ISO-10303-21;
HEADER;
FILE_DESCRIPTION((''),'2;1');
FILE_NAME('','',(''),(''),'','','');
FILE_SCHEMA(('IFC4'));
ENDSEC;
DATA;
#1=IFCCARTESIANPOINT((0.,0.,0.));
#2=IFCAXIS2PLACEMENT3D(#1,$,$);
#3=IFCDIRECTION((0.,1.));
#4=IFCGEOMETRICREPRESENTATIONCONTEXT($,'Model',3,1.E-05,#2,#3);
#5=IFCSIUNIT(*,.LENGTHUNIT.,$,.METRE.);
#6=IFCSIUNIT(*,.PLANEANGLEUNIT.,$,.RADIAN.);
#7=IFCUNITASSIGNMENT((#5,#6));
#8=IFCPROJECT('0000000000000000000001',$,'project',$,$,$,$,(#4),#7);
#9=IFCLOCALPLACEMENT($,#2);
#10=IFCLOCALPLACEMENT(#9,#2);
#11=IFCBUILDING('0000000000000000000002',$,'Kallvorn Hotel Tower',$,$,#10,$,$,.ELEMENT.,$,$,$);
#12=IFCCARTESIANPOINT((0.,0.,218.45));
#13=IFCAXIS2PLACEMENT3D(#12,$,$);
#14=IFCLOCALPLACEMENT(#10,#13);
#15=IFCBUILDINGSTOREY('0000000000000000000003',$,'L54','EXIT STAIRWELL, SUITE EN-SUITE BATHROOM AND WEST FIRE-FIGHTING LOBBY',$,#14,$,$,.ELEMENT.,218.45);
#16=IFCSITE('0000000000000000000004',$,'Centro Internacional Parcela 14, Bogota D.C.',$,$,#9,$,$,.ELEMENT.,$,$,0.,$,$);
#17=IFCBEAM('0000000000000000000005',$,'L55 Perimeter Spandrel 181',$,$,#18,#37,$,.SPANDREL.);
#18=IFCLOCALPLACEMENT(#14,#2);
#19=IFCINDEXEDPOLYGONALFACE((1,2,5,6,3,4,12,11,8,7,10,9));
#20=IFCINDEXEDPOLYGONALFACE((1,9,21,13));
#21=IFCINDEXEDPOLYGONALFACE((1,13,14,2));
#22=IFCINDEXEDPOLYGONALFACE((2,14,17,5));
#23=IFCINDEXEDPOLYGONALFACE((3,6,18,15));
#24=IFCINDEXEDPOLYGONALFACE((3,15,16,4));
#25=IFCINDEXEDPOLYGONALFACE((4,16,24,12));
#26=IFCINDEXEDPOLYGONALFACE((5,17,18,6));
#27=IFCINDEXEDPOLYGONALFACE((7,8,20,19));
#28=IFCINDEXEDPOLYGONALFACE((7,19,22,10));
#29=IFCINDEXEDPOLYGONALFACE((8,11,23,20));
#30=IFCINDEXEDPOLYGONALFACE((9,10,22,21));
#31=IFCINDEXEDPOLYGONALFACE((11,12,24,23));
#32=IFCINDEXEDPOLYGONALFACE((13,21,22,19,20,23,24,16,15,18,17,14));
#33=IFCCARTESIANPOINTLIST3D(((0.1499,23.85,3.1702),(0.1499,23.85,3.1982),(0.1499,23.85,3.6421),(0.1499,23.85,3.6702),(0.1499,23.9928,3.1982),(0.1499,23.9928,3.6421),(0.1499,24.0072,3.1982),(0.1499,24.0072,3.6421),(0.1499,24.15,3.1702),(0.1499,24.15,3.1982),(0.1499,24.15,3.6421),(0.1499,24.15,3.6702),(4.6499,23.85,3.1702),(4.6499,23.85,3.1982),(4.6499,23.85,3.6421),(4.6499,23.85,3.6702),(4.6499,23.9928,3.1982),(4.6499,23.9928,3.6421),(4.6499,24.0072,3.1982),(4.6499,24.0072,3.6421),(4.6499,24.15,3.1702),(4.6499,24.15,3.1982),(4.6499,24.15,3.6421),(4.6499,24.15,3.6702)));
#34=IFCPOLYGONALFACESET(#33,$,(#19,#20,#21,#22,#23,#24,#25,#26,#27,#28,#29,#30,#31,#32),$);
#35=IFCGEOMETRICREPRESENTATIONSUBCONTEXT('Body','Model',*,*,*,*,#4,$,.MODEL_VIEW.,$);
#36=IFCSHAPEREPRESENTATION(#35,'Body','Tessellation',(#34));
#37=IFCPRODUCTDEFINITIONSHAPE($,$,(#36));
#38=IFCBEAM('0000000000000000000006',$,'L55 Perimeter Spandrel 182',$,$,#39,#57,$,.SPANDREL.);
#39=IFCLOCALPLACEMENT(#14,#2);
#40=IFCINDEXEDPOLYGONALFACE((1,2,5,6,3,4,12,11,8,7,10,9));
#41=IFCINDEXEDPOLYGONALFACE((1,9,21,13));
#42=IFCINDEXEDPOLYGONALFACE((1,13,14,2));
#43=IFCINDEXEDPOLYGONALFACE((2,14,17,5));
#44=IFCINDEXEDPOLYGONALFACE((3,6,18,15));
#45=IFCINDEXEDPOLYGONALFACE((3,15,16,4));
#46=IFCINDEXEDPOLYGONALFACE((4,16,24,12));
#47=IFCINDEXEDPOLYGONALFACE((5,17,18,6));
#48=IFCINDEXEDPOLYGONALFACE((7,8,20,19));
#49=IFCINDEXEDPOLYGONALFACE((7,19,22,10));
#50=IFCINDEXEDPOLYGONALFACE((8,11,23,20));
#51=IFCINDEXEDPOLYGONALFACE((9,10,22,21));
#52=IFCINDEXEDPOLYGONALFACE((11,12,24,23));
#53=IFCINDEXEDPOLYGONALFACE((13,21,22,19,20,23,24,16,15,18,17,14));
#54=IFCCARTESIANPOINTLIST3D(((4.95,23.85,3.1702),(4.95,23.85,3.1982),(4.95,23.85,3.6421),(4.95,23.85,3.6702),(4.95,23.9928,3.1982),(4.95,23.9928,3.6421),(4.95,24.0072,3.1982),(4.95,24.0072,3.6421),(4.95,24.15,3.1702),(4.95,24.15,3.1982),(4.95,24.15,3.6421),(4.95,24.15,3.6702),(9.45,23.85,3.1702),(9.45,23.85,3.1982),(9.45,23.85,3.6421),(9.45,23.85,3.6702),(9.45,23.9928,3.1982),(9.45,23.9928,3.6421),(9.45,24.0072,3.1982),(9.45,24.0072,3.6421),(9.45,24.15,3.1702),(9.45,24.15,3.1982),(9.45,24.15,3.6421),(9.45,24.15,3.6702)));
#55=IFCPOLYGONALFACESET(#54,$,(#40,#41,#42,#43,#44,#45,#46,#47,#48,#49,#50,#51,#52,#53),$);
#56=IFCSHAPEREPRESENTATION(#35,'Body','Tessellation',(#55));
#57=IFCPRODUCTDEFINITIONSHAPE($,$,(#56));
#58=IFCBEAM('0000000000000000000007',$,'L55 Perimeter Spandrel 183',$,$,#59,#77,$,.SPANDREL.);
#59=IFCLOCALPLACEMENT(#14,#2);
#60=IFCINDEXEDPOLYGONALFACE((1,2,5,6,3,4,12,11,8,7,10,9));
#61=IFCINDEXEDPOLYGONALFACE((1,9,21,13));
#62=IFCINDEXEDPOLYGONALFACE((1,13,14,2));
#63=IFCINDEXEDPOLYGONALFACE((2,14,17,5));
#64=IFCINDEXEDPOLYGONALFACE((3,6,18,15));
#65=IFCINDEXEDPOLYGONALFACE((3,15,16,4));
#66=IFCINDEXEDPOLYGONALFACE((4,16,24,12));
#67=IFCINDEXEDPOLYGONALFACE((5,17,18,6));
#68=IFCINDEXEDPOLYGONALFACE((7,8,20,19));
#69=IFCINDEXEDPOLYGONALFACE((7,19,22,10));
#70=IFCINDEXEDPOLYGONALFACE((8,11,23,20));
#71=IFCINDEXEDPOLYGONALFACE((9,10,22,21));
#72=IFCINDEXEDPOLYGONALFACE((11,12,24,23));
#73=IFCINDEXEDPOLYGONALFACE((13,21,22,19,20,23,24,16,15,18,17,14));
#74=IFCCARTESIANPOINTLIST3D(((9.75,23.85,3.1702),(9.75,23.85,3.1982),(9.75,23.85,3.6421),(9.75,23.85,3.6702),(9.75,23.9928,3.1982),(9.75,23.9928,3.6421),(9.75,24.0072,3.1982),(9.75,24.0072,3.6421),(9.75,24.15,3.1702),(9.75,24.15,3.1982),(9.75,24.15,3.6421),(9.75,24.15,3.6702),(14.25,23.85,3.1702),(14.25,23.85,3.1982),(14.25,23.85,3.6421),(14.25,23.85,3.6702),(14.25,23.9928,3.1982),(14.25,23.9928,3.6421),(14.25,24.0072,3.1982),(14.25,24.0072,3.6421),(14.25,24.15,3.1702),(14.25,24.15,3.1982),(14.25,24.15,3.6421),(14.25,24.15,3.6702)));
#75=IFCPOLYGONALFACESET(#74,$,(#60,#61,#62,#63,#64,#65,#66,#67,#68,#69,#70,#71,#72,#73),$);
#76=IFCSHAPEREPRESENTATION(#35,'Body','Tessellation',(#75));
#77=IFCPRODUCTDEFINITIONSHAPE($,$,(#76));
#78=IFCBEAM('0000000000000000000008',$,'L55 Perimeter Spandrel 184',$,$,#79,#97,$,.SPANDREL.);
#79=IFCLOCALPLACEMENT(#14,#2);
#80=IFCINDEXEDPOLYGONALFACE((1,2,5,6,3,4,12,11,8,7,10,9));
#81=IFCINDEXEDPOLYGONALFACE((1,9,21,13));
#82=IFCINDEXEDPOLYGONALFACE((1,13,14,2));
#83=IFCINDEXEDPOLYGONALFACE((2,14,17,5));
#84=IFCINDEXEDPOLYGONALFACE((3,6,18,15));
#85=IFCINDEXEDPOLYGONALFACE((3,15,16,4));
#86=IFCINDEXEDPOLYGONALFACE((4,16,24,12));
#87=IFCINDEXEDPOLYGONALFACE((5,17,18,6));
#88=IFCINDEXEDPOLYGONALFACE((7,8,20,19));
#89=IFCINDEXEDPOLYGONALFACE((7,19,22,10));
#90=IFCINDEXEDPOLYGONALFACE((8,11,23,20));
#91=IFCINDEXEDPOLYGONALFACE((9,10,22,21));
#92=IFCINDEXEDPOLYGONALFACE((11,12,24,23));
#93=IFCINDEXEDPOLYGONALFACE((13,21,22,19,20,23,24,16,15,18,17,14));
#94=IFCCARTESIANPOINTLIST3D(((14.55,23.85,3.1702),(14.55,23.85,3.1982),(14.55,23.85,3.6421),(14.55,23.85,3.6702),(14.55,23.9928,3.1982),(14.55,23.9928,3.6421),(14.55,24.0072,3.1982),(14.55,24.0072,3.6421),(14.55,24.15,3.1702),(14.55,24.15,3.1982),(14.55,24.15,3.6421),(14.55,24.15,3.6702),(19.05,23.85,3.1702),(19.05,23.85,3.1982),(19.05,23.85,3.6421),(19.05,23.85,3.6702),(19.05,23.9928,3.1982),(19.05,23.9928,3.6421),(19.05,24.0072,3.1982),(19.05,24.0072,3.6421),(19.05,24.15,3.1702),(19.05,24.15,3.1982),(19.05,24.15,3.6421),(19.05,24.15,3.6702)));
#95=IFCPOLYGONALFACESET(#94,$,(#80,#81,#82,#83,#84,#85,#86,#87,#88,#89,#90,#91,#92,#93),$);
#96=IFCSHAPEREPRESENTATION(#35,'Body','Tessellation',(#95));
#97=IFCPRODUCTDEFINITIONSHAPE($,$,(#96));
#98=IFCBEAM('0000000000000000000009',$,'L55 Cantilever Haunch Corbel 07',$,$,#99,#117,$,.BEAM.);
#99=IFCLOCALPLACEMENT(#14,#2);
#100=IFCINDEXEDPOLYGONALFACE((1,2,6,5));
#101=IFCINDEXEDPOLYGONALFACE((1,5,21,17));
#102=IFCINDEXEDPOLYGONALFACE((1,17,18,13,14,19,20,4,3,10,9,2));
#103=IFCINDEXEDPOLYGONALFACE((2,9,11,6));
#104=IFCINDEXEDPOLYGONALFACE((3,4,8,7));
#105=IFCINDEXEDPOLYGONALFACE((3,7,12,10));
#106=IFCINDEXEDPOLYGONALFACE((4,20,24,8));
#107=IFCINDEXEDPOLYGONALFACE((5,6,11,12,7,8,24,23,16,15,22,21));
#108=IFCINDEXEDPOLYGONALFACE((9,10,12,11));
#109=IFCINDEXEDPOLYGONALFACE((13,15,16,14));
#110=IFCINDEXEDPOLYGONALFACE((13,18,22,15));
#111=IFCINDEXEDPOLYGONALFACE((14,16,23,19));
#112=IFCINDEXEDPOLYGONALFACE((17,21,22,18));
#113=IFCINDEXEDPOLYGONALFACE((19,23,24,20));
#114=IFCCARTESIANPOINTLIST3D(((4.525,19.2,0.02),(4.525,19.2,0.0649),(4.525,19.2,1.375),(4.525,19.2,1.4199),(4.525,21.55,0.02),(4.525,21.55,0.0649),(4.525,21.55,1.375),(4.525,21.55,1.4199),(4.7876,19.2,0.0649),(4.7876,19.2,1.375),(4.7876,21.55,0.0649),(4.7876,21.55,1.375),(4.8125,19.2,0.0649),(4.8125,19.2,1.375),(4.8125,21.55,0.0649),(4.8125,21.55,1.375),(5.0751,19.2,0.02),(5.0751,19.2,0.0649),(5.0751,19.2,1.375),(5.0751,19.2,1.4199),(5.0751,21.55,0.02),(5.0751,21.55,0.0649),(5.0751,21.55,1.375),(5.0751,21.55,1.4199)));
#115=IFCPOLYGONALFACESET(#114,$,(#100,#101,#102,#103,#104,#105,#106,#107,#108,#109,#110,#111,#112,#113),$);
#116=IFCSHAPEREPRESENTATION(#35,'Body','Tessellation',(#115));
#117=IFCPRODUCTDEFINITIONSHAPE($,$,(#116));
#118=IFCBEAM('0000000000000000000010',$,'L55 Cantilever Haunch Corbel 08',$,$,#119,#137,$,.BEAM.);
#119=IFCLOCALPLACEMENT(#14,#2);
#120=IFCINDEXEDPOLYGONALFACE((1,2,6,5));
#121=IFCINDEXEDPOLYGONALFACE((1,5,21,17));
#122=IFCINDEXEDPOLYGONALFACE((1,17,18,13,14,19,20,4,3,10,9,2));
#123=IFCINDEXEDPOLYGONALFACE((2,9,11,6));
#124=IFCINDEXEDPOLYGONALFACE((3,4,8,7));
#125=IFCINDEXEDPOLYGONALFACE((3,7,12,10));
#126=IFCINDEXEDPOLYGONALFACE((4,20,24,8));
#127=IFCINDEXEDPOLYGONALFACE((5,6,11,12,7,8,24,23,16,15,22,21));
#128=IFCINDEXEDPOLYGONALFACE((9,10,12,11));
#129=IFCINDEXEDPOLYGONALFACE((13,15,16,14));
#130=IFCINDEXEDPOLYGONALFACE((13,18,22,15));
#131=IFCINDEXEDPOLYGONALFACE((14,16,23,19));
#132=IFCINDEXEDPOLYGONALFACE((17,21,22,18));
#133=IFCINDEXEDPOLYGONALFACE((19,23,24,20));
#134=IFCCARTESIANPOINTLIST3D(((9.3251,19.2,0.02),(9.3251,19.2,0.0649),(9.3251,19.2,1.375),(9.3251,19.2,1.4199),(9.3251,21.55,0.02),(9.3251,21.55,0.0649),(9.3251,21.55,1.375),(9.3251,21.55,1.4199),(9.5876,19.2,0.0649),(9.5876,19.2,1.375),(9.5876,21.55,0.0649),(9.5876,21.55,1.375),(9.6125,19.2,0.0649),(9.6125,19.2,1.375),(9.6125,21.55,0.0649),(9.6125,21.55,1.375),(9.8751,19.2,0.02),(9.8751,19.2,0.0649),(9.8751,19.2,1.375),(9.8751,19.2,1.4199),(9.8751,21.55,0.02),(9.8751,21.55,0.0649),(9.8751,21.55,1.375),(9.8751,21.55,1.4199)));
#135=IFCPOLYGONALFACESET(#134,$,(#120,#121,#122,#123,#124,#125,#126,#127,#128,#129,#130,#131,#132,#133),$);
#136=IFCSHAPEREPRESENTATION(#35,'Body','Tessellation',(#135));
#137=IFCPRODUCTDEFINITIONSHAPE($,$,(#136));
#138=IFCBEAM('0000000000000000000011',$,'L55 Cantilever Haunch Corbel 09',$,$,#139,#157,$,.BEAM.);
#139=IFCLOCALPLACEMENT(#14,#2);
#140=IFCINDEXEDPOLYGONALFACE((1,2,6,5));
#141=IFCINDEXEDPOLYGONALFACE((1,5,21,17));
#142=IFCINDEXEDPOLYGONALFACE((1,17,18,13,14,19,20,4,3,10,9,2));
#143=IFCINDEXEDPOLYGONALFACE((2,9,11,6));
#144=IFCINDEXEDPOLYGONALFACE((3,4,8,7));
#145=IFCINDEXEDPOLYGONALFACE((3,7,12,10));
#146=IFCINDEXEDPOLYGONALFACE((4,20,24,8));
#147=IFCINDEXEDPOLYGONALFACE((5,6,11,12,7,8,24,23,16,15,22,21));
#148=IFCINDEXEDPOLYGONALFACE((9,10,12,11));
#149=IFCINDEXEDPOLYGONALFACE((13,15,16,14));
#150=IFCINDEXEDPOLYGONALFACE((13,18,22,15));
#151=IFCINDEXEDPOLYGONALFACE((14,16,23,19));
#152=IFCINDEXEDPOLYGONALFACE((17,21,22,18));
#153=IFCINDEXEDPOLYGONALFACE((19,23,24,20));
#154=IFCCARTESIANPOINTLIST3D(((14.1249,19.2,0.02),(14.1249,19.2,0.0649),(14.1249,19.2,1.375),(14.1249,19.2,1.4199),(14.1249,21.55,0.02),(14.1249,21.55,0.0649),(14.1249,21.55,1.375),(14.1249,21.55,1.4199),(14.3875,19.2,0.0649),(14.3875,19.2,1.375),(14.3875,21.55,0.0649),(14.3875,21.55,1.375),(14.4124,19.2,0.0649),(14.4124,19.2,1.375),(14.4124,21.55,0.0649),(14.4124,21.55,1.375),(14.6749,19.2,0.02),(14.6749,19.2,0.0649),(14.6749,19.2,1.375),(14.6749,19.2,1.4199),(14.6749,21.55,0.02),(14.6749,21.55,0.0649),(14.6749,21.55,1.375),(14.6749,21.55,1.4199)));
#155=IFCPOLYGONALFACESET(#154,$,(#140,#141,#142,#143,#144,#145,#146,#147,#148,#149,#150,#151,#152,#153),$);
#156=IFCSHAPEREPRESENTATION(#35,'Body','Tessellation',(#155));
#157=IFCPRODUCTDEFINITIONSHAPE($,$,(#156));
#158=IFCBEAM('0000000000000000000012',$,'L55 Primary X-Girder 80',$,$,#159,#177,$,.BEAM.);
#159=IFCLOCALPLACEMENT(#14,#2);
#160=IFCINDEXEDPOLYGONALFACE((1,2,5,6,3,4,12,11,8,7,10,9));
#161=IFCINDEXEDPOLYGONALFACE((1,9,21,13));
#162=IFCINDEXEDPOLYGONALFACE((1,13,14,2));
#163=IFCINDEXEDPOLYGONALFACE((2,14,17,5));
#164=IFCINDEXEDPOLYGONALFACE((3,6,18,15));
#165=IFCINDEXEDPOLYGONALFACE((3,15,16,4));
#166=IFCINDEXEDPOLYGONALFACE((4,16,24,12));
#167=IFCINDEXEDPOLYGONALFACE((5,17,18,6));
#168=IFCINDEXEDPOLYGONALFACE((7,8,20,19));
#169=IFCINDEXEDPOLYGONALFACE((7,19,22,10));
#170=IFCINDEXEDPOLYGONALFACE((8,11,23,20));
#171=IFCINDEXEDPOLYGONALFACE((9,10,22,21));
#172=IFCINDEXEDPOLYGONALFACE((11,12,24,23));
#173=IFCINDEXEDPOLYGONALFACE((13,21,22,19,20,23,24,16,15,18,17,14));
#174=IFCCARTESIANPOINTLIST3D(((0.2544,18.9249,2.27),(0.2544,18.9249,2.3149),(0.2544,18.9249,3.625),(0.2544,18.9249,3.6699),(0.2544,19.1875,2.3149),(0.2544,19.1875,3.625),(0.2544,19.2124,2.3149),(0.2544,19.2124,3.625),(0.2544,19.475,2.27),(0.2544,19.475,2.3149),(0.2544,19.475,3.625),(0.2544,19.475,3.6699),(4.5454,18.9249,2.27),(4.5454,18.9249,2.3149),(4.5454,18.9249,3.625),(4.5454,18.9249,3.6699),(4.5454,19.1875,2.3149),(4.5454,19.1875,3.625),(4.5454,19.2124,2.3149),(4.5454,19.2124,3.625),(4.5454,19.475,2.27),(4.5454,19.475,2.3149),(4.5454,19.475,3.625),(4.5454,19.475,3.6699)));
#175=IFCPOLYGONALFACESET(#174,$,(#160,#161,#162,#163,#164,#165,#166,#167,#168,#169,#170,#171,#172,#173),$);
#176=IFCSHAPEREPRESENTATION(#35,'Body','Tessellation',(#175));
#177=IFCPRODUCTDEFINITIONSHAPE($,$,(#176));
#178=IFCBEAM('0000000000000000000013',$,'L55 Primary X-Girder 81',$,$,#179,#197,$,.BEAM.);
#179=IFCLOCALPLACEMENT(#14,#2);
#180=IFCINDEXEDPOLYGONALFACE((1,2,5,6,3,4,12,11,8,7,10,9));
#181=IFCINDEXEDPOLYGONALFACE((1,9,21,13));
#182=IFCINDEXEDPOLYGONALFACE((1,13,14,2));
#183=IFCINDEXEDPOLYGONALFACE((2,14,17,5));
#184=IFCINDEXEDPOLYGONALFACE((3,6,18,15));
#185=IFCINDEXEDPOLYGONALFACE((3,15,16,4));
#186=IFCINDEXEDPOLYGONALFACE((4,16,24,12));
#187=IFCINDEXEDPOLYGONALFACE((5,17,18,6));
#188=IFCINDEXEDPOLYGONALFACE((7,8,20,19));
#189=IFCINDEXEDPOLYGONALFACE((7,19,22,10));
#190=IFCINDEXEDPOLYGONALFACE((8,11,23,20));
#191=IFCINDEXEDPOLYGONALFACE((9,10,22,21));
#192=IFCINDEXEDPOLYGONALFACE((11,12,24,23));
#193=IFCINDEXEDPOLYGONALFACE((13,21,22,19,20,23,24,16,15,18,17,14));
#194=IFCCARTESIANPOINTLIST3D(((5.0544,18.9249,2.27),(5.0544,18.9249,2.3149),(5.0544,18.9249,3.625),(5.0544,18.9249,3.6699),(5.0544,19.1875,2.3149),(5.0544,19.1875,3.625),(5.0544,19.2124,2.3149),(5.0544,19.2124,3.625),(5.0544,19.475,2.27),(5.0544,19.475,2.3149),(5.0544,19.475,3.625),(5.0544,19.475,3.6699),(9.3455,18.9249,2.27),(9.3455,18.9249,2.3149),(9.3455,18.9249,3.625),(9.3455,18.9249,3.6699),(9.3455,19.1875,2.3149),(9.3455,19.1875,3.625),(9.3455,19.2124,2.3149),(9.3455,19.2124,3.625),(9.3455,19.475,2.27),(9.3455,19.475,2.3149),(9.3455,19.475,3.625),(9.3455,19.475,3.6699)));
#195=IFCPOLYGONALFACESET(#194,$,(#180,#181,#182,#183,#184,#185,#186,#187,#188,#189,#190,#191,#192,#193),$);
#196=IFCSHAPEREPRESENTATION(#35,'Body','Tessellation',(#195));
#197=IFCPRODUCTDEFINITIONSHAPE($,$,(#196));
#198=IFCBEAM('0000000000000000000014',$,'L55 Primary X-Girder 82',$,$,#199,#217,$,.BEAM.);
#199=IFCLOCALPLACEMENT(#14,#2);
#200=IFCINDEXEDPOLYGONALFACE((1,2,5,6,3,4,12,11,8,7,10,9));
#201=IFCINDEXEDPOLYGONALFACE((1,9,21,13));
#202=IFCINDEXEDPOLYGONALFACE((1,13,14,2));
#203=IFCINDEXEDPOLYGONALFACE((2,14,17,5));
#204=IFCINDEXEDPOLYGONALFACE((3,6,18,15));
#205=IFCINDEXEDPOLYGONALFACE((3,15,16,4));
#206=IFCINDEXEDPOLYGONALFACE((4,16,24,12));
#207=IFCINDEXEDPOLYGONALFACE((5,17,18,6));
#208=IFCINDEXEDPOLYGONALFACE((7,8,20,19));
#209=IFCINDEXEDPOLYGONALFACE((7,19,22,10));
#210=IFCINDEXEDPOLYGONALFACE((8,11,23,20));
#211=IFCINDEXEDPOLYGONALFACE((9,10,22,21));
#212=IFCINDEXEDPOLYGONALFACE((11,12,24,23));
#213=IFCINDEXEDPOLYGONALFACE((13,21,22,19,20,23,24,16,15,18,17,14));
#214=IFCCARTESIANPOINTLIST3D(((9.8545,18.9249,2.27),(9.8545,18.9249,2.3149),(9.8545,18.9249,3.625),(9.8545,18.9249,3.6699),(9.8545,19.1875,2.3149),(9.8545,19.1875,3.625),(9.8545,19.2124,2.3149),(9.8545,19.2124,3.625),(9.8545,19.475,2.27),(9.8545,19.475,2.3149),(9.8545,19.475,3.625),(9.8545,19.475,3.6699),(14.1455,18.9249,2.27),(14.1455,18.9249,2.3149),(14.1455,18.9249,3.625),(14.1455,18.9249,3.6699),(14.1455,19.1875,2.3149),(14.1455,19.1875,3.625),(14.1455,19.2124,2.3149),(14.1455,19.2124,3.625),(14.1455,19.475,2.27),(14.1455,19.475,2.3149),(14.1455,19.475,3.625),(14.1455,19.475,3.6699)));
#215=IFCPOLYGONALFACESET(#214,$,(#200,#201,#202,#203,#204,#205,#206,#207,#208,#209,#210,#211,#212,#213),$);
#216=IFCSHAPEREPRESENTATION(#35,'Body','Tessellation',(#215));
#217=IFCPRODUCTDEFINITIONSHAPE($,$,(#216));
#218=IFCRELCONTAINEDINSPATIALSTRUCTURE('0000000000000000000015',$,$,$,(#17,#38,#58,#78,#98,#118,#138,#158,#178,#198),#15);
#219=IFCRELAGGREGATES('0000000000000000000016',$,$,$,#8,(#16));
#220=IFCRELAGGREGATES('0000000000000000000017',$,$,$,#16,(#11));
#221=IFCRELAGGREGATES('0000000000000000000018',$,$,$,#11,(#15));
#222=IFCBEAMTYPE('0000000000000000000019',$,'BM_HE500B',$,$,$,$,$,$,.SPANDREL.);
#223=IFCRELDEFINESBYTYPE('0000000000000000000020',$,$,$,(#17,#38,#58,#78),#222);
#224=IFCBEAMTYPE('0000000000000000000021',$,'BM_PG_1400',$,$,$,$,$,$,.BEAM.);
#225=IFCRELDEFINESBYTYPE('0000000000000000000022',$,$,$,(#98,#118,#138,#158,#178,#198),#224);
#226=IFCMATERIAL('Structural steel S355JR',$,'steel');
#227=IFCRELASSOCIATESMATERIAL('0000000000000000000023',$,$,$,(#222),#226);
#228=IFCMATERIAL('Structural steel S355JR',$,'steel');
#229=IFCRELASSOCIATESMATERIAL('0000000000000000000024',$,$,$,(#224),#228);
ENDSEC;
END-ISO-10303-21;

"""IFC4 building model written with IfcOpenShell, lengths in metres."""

from ifc_helpers import new_model, si_unit, direction, frame, origin, origin_2d, place, context, subcontext, project, spatial, i_section, extrude, material, material_profile, profile_set, type_object, element, save


model = new_model("IFC4")

# Units and contexts
model_context = context("Model", 3, precision=1e-05, world=origin(), true_north=direction((0.0, 1.0)))
body_context = subcontext(model_context, "Body", "Model", "MODEL_VIEW")
ifc_project = project(units=[si_unit("LENGTHUNIT", "METRE"), si_unit("PLANEANGLEUNIT", "RADIAN")], contexts=[model_context])

# Site, building, storey
site_placement = place(None, origin())
site = spatial("IfcSite", under=ifc_project, at=site_placement, Name="Centro Internacional Parcela 14, Bogota D.C.", CompositionType="ELEMENT", RefElevation=0.0)
building_placement = place(site_placement, origin())
building = spatial("IfcBuilding", under=site, at=building_placement, Name="Kallvorn Hotel Tower", CompositionType="ELEMENT")
storey_placement = place(building_placement, frame((0.0, 0.0, 218.45)))
storey = spatial("IfcBuildingStorey", under=building, at=storey_placement, Name="L54", Description="EXIT STAIRWELL, SUITE EN-SUITE BATHROOM AND WEST FIRE-FIGHTING LOBBY", CompositionType="ELEMENT", Elevation=218.45)

# Beams
ifc_material_1 = material(Name="Structural steel S355JR", Category="steel")
ifc_material_profile_1 = material_profile(ifc_material_1, i_section(OverallWidth=0.3, OverallDepth=0.5, WebThickness=0.0144, FlangeThickness=0.0281, at=origin_2d()), Name="HE 500 B")
ifc_profile_set_1 = profile_set([ifc_material_profile_1], Name="Structural steel S355JR")
beam_type_1 = type_object("IfcBeamType", Name="BM_HE500B", PredefinedType="SPANDREL", material=ifc_profile_set_1)
for number, where, z_axis, x_axis, name in (
    (1, (0.1499, 24.0, 3.4202), (1.0, 0.0, 0.0), (0.0, 1.0, 0.0), "L55 Perimeter Spandrel 181"),
    (2, (4.95, 24.0, 3.4202), (1.0, 0.0, 0.0), (0.0, 1.0, 0.0), "L55 Perimeter Spandrel 182"),
    (3, (9.75, 24.0, 3.4202), (1.0, 0.0, 0.0), (0.0, 1.0, 0.0), "L55 Perimeter Spandrel 183"),
    (4, (14.55, 24.0, 3.4202), (1.0, 0.0, 0.0), (0.0, 1.0, 0.0), "L55 Perimeter Spandrel 184"),
):
    element("IfcBeam", number, at=place(storey_placement, frame(where, z_axis=z_axis, x_axis=x_axis)), inside=storey, type_object=beam_type_1, Name=name, PredefinedType="SPANDREL", context=body_context, shape_type="SweptSolid", body=[
        extrude(i_section(OverallWidth=0.3, OverallDepth=0.5, WebThickness=0.0144, FlangeThickness=0.0281, at=origin_2d()), origin(), (0.0, 0.0, 1.0), 4.5),
    ])
ifc_material_2 = material(Name="Structural steel S355JR", Category="steel")
ifc_material_profile_2 = material_profile(ifc_material_2, i_section(OverallWidth=0.55, OverallDepth=1.3999, WebThickness=0.0249, FlangeThickness=0.0449, at=origin_2d()), Name="PG 1400x550x25x45")
ifc_profile_set_2 = profile_set([ifc_material_profile_2], Name="Structural steel S355JR")
beam_type_2 = type_object("IfcBeamType", Name="BM_PG_1400", PredefinedType="BEAM", material=ifc_profile_set_2)
for number, where, z_axis, x_axis, name in (
    (5, (4.8, 19.2, 0.72), (0.0, 1.0, 0.0), (-1.0, 0.0, 0.0), "L55 Cantilever Haunch Corbel 07"),
    (6, (9.6001, 19.2, 0.72), (0.0, 1.0, 0.0), (-1.0, 0.0, 0.0), "L55 Cantilever Haunch Corbel 08"),
    (7, (14.3999, 19.2, 0.72), (0.0, 1.0, 0.0), (-1.0, 0.0, 0.0), "L55 Cantilever Haunch Corbel 09"),
):
    element("IfcBeam", number, at=place(storey_placement, frame(where, z_axis=z_axis, x_axis=x_axis)), inside=storey, type_object=beam_type_2, Name=name, PredefinedType="BEAM", context=body_context, shape_type="SweptSolid", body=[
        extrude(i_section(OverallWidth=0.55, OverallDepth=1.3999, WebThickness=0.0249, FlangeThickness=0.0449, at=origin_2d()), origin(), (0.0, 0.0, 1.0), 2.3501),
    ])
for number, where, z_axis, x_axis, name in (
    (8, (0.2544, 19.2, 2.97), (1.0, 0.0, 0.0), (0.0, 1.0, 0.0), "L55 Primary X-Girder 80"),
    (9, (5.0544, 19.2, 2.97), (1.0, 0.0, 0.0), (0.0, 1.0, 0.0), "L55 Primary X-Girder 81"),
    (10, (9.8545, 19.2, 2.97), (1.0, 0.0, 0.0), (0.0, 1.0, 0.0), "L55 Primary X-Girder 82"),
):
    element("IfcBeam", number, at=place(storey_placement, frame(where, z_axis=z_axis, x_axis=x_axis)), inside=storey, type_object=beam_type_2, Name=name, PredefinedType="BEAM", context=body_context, shape_type="SweptSolid", body=[
        extrude(i_section(OverallWidth=0.55, OverallDepth=1.3999, WebThickness=0.0249, FlangeThickness=0.0449, at=origin_2d()), origin(), (0.0, 0.0, 1.0), 4.291),
    ])

save(model, "model.ifc")
